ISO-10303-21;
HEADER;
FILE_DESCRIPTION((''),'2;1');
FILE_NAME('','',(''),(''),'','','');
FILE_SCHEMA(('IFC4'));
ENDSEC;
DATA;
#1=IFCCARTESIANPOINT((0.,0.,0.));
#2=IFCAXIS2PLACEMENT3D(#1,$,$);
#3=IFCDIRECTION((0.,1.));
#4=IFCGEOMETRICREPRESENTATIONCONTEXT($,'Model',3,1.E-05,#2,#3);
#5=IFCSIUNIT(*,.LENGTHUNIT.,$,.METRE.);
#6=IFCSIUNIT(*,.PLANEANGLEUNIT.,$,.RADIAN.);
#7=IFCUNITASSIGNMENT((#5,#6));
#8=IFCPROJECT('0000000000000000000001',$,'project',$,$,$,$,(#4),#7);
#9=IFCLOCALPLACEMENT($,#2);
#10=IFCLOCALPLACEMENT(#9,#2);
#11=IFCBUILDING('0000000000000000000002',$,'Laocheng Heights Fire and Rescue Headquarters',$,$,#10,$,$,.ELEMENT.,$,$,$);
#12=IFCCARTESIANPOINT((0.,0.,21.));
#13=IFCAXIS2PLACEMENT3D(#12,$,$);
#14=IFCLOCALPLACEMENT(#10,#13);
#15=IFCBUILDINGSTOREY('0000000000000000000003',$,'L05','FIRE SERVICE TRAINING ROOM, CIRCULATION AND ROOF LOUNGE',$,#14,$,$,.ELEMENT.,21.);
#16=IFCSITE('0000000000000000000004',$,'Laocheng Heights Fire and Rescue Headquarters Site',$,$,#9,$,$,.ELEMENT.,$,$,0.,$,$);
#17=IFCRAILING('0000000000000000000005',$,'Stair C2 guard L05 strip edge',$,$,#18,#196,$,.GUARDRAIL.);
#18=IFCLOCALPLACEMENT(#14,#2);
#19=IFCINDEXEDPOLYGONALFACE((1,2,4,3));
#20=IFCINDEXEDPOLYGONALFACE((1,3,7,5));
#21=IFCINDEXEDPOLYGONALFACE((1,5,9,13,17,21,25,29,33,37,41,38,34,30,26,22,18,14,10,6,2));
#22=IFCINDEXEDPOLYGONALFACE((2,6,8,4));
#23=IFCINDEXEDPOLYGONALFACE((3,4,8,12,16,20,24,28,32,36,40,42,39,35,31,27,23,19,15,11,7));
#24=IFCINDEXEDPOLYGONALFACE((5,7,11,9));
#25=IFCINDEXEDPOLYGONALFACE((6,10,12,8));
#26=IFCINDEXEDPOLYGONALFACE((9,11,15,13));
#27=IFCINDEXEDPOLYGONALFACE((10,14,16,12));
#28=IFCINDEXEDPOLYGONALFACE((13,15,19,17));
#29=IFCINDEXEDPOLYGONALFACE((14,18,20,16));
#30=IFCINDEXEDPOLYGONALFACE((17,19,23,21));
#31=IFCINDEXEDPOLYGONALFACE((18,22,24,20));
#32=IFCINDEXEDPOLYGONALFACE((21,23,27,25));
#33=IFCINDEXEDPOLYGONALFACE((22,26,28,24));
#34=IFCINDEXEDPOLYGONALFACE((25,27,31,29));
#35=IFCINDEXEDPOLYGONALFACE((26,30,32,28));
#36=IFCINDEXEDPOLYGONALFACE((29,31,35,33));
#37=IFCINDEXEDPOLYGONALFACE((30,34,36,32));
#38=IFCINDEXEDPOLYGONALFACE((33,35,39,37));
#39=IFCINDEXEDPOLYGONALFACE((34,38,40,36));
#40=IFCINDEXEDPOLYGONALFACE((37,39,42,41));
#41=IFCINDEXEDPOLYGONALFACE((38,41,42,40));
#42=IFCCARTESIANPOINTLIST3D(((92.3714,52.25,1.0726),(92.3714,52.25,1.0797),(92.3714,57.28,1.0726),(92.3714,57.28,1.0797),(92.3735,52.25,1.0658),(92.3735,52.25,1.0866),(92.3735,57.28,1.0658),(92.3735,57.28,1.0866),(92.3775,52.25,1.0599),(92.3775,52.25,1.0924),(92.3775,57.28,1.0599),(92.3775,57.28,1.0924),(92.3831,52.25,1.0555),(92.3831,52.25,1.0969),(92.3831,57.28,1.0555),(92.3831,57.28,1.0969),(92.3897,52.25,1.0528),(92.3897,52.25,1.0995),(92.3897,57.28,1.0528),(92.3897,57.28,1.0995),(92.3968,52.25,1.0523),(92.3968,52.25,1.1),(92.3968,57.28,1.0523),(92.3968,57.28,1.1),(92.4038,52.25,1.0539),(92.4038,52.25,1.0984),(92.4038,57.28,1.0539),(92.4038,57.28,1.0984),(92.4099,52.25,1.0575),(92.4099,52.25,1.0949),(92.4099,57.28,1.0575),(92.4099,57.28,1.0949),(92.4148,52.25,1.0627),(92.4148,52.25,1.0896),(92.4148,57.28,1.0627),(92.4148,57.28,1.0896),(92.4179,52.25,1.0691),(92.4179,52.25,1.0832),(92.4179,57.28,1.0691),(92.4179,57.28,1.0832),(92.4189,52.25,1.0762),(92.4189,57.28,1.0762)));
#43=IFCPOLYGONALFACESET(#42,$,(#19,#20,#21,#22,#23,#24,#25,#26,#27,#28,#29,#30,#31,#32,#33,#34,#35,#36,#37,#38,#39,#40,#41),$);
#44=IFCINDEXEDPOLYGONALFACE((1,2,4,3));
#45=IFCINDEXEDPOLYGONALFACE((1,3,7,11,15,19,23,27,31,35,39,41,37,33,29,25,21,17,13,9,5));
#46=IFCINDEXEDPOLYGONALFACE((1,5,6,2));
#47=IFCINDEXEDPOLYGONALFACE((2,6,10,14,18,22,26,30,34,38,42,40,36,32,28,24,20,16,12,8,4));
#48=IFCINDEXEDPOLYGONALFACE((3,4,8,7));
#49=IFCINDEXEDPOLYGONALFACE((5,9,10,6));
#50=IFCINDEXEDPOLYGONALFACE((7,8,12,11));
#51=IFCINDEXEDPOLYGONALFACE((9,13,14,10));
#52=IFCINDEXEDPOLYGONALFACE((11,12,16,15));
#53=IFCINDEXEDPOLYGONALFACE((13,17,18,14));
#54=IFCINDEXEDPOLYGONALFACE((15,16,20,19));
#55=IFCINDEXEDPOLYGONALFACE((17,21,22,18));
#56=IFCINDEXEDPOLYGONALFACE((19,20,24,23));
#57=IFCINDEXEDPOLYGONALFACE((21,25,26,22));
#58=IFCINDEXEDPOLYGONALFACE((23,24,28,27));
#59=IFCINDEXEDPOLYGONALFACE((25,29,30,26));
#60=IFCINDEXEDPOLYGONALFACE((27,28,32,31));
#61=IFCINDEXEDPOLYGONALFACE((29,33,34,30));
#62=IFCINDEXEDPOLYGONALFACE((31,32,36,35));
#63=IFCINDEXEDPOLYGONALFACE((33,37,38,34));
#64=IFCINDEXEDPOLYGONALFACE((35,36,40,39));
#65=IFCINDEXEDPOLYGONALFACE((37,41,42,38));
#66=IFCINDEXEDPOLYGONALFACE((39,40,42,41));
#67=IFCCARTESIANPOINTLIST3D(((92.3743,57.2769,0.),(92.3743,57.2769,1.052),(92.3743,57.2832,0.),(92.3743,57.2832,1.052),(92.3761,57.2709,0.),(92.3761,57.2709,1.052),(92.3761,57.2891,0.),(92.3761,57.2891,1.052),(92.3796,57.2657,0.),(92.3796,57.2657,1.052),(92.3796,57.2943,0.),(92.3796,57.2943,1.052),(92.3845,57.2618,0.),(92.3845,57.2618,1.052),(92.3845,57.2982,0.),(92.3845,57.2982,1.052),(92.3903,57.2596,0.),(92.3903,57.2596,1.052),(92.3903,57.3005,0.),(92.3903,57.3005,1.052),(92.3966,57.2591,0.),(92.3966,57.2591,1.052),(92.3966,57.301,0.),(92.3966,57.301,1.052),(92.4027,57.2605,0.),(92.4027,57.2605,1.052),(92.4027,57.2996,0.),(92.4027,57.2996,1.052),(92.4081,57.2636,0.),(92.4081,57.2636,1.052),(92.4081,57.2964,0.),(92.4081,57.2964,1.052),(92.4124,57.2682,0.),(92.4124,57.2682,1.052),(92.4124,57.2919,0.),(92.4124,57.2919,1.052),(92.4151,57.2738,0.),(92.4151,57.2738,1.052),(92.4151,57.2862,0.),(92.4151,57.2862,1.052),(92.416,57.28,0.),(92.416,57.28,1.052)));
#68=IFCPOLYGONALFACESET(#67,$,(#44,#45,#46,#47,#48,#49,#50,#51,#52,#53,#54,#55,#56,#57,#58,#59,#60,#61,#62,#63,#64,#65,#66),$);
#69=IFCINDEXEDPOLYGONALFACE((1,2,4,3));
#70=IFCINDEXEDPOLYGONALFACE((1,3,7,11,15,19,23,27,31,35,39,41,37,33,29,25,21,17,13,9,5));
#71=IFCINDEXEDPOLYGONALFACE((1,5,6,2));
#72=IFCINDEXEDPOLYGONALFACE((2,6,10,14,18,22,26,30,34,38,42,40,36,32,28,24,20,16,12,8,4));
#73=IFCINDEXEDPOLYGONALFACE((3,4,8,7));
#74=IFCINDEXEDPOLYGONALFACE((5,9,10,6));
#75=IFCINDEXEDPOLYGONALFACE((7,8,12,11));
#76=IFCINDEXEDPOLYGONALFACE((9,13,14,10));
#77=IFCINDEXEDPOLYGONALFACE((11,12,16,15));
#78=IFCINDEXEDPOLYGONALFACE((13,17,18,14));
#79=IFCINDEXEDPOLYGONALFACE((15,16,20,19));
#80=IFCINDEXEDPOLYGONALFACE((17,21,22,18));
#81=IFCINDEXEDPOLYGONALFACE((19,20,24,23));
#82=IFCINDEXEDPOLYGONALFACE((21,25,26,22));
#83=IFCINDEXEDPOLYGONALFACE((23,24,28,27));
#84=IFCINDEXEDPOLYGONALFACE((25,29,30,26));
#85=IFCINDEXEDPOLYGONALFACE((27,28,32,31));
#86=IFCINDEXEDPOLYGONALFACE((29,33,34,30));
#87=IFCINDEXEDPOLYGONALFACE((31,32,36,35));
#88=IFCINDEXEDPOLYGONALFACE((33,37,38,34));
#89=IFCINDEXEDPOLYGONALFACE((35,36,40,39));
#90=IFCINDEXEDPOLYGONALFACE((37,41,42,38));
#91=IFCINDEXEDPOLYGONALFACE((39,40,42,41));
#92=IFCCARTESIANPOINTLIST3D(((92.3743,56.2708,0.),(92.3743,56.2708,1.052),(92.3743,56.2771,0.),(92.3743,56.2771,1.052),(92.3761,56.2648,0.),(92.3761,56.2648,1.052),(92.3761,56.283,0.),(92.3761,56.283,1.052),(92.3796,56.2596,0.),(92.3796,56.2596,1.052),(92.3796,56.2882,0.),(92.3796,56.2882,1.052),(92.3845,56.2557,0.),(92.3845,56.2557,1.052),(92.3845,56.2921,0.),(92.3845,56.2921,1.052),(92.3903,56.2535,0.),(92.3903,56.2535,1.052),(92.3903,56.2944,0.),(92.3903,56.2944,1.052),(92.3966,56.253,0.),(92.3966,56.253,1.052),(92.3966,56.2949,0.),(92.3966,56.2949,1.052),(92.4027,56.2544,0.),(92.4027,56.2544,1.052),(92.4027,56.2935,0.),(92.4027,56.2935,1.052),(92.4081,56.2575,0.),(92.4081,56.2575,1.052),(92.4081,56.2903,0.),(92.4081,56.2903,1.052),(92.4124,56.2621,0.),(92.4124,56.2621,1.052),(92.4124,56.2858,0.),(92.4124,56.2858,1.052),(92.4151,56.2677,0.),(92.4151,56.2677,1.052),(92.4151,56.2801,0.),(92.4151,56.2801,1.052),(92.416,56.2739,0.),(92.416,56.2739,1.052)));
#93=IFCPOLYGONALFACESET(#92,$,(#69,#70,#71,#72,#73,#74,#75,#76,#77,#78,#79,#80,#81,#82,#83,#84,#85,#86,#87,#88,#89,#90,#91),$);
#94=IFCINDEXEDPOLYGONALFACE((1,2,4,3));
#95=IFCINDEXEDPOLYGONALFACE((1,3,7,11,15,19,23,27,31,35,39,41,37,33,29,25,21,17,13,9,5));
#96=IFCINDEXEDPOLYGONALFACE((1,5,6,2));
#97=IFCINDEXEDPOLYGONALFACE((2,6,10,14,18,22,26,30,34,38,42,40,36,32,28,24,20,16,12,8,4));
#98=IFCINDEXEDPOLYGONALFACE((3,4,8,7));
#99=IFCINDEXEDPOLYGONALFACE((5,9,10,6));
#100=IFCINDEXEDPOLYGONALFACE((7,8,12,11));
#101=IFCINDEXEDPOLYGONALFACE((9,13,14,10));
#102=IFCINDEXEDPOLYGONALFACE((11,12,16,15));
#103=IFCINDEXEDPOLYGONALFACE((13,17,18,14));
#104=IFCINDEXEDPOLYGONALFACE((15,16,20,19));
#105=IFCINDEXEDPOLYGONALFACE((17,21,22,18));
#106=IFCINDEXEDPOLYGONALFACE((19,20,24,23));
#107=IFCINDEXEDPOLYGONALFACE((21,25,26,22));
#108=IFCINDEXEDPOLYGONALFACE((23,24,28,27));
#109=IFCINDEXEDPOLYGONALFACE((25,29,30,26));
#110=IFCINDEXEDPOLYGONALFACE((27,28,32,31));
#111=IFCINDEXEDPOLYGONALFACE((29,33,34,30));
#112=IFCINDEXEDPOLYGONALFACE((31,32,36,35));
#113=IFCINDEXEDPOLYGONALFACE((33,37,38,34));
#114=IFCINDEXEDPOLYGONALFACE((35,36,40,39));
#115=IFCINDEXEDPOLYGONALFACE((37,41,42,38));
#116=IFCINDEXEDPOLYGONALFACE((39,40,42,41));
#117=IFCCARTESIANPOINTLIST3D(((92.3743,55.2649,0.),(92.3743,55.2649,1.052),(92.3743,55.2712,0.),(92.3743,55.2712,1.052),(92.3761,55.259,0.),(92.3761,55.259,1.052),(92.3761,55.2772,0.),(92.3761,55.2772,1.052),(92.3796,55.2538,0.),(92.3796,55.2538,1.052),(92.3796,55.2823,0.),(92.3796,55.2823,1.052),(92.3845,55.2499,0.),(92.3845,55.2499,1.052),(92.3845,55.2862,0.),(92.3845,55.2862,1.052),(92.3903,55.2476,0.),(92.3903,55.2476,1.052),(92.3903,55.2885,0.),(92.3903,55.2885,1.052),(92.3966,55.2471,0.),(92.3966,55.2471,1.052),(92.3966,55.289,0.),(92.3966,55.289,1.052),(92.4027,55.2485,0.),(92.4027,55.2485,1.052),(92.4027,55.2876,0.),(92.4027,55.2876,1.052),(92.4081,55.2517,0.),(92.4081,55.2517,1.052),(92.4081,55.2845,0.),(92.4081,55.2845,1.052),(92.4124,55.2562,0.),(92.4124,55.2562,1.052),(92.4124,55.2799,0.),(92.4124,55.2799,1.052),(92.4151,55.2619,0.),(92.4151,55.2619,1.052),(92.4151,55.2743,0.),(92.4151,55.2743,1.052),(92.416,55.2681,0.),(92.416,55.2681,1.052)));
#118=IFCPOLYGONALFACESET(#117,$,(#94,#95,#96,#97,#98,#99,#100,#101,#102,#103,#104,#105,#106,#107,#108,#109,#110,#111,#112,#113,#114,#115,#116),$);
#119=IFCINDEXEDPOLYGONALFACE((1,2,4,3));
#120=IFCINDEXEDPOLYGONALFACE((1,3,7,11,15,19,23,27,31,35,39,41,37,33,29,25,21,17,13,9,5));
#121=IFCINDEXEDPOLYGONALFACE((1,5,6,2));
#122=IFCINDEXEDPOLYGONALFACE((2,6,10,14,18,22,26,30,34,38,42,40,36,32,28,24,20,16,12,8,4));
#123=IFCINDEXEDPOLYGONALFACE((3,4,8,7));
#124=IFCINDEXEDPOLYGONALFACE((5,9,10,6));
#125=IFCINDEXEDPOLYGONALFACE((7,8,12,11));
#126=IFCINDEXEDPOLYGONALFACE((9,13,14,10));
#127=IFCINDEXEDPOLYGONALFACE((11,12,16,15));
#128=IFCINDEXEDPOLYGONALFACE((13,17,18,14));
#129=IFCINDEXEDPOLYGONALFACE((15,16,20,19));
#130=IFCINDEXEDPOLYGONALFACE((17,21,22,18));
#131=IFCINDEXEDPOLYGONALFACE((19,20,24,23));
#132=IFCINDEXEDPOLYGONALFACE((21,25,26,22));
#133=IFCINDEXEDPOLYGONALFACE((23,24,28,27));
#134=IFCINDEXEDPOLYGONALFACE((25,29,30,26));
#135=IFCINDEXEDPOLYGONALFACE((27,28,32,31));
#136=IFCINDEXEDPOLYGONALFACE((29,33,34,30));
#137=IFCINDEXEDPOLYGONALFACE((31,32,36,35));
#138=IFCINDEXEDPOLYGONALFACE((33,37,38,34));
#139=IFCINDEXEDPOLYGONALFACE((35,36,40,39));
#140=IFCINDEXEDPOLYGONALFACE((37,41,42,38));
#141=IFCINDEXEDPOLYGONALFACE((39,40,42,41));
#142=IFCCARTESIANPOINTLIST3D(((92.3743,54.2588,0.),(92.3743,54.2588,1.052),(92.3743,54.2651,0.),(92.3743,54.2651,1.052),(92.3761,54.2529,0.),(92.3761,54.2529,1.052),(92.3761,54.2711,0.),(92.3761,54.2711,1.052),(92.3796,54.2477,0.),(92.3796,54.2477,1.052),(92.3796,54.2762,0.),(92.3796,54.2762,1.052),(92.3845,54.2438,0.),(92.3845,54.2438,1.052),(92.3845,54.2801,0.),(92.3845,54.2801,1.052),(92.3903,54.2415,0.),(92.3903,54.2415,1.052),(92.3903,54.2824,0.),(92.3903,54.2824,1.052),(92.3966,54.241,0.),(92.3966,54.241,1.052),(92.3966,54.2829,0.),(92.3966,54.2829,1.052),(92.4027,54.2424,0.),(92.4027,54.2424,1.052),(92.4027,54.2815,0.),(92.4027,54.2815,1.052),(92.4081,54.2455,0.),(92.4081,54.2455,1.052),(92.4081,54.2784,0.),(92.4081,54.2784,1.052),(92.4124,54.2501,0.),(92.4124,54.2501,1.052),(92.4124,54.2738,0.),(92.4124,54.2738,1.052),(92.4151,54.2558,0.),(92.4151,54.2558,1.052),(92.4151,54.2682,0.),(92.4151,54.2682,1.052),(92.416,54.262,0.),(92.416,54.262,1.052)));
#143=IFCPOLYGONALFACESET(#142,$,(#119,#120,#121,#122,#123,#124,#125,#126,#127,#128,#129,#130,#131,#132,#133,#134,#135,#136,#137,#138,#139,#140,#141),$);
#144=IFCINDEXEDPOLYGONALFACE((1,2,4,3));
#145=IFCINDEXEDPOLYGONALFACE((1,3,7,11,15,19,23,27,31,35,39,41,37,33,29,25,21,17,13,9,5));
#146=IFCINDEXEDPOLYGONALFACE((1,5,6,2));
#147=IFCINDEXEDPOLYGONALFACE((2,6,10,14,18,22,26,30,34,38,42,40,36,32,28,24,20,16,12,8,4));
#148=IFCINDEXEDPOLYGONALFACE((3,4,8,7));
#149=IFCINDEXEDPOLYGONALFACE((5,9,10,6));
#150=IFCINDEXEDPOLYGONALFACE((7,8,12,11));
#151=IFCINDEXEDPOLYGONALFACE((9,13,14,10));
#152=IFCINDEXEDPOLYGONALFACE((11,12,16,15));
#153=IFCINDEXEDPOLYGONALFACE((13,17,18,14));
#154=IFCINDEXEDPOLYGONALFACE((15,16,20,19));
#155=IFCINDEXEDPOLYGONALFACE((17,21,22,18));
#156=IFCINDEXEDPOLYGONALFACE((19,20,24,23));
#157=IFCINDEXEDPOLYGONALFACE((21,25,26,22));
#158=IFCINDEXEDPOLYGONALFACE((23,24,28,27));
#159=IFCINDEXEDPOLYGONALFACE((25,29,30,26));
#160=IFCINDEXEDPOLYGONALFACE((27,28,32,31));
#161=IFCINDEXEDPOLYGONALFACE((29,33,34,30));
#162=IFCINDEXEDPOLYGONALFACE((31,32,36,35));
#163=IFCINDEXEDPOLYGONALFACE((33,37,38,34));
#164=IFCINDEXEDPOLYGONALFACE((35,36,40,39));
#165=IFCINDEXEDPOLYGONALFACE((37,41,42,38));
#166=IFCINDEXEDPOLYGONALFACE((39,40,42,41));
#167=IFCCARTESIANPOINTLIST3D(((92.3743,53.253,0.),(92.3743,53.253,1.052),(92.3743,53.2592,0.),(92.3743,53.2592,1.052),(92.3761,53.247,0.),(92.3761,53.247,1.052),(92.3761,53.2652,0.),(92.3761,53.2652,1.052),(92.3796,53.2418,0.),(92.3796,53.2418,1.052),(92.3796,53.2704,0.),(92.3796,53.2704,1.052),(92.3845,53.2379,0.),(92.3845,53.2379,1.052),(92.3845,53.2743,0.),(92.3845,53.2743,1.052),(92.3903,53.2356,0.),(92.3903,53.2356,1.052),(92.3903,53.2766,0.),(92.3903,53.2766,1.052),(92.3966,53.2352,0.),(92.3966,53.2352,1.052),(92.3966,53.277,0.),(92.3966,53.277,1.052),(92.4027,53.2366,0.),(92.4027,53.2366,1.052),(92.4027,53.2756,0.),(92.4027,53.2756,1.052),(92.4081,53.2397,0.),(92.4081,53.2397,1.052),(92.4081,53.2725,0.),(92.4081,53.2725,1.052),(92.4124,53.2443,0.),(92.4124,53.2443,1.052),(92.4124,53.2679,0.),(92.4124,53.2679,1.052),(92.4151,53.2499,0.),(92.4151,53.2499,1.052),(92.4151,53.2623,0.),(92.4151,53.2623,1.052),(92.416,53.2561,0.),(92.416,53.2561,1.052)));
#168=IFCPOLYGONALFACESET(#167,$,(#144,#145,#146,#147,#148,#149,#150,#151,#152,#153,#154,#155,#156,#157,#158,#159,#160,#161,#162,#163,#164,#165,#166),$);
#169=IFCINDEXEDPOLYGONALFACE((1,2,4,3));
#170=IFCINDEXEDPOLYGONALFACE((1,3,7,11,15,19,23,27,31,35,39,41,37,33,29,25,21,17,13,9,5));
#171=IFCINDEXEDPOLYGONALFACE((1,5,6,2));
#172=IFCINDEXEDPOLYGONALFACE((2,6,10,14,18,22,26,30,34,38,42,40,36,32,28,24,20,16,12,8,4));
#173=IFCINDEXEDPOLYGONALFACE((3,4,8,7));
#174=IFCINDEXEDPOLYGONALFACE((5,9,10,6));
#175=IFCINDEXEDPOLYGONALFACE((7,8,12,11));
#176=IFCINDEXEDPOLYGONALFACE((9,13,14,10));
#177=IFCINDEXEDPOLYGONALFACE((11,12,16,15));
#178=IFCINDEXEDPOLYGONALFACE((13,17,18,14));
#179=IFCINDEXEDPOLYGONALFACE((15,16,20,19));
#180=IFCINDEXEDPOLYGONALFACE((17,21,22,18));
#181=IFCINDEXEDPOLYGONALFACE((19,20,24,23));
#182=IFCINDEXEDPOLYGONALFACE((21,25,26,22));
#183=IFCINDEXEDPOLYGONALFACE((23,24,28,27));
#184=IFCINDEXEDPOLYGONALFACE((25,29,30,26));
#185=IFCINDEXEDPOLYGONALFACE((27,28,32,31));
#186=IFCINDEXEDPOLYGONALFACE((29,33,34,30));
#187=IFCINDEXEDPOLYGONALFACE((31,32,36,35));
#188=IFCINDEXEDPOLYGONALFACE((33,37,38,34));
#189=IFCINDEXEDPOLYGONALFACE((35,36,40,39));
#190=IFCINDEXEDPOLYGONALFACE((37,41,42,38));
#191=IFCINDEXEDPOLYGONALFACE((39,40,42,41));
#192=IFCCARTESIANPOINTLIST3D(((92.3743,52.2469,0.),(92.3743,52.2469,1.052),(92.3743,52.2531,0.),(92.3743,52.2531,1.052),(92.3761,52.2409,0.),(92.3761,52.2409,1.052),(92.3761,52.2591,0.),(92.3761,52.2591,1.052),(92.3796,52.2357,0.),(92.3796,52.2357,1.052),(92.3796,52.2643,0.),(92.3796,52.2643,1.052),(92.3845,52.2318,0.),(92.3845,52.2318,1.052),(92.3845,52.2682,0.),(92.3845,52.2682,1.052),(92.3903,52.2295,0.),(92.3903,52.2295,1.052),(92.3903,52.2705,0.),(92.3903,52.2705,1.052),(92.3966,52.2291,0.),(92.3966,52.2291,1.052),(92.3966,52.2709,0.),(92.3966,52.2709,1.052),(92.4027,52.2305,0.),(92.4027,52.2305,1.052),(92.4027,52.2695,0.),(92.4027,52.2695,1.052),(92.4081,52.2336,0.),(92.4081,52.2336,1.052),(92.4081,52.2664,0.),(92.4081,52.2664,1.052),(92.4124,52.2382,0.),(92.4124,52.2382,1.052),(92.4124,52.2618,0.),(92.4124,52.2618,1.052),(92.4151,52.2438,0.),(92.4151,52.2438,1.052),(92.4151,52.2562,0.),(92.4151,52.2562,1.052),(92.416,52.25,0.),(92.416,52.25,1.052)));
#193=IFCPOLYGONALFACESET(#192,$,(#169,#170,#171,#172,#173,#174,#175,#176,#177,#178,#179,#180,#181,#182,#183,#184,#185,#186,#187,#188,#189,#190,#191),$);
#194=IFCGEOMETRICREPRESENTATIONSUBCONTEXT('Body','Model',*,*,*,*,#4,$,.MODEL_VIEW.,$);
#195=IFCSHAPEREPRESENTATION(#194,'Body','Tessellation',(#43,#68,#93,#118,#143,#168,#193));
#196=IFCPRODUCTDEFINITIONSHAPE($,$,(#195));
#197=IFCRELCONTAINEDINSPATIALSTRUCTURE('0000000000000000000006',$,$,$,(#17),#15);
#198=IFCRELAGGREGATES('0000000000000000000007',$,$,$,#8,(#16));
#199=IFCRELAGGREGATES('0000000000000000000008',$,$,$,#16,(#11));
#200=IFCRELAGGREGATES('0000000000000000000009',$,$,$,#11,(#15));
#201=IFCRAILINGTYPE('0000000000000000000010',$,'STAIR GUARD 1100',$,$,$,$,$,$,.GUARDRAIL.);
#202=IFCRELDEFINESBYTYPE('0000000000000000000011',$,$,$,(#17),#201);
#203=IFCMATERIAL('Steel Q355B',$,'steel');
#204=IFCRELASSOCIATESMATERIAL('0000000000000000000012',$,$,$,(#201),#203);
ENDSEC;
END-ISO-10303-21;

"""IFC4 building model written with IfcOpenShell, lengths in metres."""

from ifc_helpers import new_model, si_unit, direction, frame, origin, origin_2d, place, context, subcontext, project, spatial, circle, extrude, material, type_object, element, save


model = new_model("IFC4")

# Units and contexts
model_context = context("Model", 3, precision=1e-05, world=origin(), true_north=direction((0.0, 1.0)))
body_context = subcontext(model_context, "Body", "Model", "MODEL_VIEW")
ifc_project = project(units=[si_unit("LENGTHUNIT", "METRE"), si_unit("PLANEANGLEUNIT", "RADIAN")], contexts=[model_context])

# Site, building, storey
site_placement = place(None, origin())
site = spatial("IfcSite", under=ifc_project, at=site_placement, Name="Laocheng Heights Fire and Rescue Headquarters Site", CompositionType="ELEMENT", RefElevation=0.0)
building_placement = place(site_placement, origin())
building = spatial("IfcBuilding", under=site, at=building_placement, Name="Laocheng Heights Fire and Rescue Headquarters", CompositionType="ELEMENT")
storey_placement = place(building_placement, frame((0.0, 0.0, 21.0)))
storey = spatial("IfcBuildingStorey", under=building, at=storey_placement, Name="L05", Description="FIRE SERVICE TRAINING ROOM, CIRCULATION AND ROOF LOUNGE", CompositionType="ELEMENT", Elevation=21.0)

# Railing
ifc_material_1 = material(Name="Steel Q355B", Category="steel")
railing_type = type_object("IfcRailingType", Name="STAIR GUARD 1100", PredefinedType="GUARDRAIL", material=ifc_material_1)
railing_1_placement = place(storey_placement, frame((92.395, 57.28, 0.0)))
element("IfcRailing", 1, at=railing_1_placement, inside=storey, type_object=railing_type, Name="Stair C2 guard L05 strip edge", PredefinedType="GUARDRAIL", context=body_context, shape_type="SweptSolid", body=[
    extrude(circle(Radius=0.0239, at=origin_2d()), frame((0.0, 0.0, 1.0762), z_axis=(0.0, -1.0, 0.0), x_axis=(1.0, 0.0, 0.0)), (0.0, 0.0, 1.0), 5.03),
    extrude(circle(Radius=0.021, at=origin_2d()), origin(), (0.0, 0.0, 1.0), 1.052),
    extrude(circle(Radius=0.021, at=origin_2d()), frame((0.0, -1.0061, 0.0)), (0.0, 0.0, 1.0), 1.052),
    extrude(circle(Radius=0.021, at=origin_2d()), frame((0.0, -2.012, 0.0)), (0.0, 0.0, 1.0), 1.052),
    extrude(circle(Radius=0.021, at=origin_2d()), frame((0.0, -3.0181, 0.0)), (0.0, 0.0, 1.0), 1.052),
    extrude(circle(Radius=0.021, at=origin_2d()), frame((0.0, -4.0239, 0.0)), (0.0, 0.0, 1.0), 1.052),
    extrude(circle(Radius=0.021, at=origin_2d()), frame((0.0, -5.03, 0.0)), (0.0, 0.0, 1.0), 1.052),
])

save(model, "model.ifc")
